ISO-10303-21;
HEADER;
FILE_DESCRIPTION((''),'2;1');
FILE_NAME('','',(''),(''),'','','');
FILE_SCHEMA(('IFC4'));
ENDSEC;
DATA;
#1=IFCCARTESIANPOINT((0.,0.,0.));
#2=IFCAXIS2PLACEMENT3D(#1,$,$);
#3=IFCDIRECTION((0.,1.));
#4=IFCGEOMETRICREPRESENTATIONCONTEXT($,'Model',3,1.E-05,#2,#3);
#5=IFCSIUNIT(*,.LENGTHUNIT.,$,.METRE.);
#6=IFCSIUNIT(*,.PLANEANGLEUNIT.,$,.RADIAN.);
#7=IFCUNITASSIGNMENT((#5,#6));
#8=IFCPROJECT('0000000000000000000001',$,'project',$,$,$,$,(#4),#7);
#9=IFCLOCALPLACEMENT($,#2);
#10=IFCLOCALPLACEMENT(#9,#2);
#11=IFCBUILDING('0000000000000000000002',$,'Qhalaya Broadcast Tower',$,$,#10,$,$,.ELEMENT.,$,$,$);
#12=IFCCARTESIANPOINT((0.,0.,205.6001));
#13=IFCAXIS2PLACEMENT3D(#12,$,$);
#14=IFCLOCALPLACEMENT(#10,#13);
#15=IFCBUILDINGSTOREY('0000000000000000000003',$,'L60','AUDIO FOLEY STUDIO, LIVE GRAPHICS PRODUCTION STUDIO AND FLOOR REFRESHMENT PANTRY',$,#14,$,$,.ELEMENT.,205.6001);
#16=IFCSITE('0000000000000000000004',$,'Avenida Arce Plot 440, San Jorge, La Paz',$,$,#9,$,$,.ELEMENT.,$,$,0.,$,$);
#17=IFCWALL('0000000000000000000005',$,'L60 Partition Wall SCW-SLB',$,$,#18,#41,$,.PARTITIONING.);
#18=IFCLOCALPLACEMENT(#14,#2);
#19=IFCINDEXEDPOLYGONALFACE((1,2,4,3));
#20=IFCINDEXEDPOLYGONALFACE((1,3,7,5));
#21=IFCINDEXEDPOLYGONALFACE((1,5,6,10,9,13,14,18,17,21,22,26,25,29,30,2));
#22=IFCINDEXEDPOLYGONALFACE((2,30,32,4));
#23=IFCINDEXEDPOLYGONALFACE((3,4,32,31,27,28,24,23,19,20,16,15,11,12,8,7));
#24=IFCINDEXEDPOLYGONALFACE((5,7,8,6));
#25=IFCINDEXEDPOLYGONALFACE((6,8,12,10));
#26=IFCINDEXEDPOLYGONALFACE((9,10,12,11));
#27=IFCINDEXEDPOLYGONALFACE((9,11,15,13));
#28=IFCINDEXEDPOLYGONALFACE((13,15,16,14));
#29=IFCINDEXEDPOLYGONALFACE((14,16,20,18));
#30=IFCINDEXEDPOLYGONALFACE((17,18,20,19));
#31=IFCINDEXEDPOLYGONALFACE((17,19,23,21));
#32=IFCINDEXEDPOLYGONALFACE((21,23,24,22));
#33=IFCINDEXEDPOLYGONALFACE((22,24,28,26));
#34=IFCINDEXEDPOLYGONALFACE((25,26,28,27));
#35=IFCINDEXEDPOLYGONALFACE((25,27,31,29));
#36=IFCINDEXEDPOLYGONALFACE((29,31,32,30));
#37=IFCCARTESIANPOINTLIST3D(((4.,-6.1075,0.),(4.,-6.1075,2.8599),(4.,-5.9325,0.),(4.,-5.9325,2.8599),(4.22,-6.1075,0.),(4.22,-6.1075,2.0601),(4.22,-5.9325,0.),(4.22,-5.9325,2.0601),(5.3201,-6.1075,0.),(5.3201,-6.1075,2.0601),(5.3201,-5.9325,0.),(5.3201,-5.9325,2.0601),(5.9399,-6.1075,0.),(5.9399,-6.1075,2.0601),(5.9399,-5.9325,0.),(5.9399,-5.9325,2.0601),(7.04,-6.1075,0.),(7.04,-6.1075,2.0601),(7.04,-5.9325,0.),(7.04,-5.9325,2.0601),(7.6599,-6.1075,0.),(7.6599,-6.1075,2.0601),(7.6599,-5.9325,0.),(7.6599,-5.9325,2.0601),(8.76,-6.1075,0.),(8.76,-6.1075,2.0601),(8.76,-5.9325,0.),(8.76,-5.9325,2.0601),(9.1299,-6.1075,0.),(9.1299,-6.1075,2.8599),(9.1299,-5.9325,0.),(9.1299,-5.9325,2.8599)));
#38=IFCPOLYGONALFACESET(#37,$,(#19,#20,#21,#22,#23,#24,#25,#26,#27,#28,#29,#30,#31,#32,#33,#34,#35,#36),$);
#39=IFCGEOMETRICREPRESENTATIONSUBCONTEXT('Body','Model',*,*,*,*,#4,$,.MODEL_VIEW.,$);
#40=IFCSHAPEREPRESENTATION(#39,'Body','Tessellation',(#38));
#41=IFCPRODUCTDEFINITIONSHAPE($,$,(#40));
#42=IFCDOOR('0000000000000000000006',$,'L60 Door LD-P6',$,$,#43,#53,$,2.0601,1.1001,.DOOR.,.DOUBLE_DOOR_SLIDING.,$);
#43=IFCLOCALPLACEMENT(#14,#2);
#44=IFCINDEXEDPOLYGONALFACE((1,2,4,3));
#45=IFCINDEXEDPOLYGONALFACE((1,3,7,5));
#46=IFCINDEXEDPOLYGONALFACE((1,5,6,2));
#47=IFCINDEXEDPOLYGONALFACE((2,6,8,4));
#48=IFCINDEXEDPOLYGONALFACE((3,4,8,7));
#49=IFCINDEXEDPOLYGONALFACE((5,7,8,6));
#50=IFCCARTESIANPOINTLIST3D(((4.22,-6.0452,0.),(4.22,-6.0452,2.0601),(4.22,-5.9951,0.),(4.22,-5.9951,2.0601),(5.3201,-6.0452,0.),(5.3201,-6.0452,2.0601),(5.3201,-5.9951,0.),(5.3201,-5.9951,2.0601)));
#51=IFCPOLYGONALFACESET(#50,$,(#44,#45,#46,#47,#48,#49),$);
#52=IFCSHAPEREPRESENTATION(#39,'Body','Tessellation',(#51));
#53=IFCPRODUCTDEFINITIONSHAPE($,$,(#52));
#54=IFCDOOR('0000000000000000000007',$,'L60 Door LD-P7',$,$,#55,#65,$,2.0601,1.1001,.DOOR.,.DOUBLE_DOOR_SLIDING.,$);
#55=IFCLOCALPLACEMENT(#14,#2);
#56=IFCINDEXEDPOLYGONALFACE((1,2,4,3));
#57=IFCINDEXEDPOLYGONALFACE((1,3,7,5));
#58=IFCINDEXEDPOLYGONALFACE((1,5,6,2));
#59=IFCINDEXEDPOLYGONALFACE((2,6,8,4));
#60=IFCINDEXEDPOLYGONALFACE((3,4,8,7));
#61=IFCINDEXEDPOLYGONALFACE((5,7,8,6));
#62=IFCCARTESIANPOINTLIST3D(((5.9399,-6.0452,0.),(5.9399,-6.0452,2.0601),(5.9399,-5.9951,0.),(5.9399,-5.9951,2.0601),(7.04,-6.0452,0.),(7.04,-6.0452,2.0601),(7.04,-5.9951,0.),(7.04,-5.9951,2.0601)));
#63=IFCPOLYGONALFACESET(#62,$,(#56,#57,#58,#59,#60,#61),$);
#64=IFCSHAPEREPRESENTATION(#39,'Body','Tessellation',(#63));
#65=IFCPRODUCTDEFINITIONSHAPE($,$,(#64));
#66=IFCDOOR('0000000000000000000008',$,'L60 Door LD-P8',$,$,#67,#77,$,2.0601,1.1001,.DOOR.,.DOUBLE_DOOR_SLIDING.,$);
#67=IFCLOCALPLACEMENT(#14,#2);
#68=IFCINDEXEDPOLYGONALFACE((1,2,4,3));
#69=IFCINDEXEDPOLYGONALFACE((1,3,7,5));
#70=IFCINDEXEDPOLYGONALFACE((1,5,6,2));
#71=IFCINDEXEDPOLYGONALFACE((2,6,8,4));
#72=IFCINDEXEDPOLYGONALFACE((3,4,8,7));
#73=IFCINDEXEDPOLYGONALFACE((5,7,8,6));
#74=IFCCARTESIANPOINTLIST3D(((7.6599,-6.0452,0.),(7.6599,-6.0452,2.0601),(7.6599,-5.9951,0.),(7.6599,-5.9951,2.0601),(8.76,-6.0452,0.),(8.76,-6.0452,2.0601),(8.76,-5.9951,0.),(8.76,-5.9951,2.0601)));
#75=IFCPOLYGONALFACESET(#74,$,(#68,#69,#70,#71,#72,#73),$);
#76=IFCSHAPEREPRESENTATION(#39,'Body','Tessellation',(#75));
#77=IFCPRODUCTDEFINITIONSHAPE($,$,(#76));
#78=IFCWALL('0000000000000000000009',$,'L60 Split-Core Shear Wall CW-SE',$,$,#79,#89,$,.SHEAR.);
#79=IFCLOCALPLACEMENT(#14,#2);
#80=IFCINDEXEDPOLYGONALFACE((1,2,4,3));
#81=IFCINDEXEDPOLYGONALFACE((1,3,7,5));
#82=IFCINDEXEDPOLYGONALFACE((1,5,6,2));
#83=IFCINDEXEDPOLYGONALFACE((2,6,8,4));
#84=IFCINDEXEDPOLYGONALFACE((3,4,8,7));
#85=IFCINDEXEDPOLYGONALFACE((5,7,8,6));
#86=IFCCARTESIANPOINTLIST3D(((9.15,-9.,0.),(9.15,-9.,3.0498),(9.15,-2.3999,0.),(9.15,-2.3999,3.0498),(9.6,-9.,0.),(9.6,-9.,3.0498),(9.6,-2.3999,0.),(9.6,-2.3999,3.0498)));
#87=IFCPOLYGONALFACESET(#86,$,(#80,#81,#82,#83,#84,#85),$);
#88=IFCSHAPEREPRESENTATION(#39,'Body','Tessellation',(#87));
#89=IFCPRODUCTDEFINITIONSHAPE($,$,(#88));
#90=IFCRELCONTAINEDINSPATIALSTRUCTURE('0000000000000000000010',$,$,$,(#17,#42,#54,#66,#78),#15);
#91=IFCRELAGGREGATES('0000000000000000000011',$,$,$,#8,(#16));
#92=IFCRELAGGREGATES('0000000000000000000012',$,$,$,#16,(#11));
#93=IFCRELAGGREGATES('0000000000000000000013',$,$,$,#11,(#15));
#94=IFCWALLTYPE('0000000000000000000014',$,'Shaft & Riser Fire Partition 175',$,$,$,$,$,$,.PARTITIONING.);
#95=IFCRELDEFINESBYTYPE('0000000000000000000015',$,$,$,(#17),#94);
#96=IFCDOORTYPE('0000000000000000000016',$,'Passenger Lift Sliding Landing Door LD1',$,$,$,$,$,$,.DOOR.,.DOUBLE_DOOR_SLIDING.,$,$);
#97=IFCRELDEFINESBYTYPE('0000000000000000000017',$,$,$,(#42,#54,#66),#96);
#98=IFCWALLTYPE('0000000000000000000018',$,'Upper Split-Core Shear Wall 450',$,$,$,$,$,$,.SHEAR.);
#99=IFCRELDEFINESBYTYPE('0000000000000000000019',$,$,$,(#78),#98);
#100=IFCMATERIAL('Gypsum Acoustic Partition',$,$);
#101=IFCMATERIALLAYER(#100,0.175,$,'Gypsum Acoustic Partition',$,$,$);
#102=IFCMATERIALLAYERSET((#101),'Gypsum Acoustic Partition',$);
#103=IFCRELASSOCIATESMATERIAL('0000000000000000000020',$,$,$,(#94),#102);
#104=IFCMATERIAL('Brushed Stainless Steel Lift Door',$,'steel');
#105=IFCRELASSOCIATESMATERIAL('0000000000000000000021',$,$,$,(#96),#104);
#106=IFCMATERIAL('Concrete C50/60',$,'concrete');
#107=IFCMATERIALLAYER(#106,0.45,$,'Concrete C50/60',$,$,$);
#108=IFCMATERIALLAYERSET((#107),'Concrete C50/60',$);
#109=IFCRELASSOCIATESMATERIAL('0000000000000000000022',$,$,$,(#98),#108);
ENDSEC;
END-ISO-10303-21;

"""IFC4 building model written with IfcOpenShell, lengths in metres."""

from ifc_helpers import new_model, si_unit, direction, frame, frame_2d, origin, place, context, subcontext, project, spatial, rectangle, extrude, material, layer, layer_set, type_object, element, fill, save


model = new_model("IFC4")

# Units and contexts
model_context = context("Model", 3, precision=1e-05, world=origin(), true_north=direction((0.0, 1.0)))
body_context = subcontext(model_context, "Body", "Model", "MODEL_VIEW")
ifc_project = project(units=[si_unit("LENGTHUNIT", "METRE"), si_unit("PLANEANGLEUNIT", "RADIAN")], contexts=[model_context])

# Site, building, storey
site_placement = place(None, origin())
site = spatial("IfcSite", under=ifc_project, at=site_placement, Name="Avenida Arce Plot 440, San Jorge, La Paz", CompositionType="ELEMENT", RefElevation=0.0)
building_placement = place(site_placement, origin())
building = spatial("IfcBuilding", under=site, at=building_placement, Name="Qhalaya Broadcast Tower", CompositionType="ELEMENT")
storey_placement = place(building_placement, frame((0.0, 0.0, 205.6001)))
storey = spatial("IfcBuildingStorey", under=building, at=storey_placement, Name="L60", Description="AUDIO FOLEY STUDIO, LIVE GRAPHICS PRODUCTION STUDIO AND FLOOR REFRESHMENT PANTRY", CompositionType="ELEMENT", Elevation=205.6001)

# Shared definitions
ifc_material_1 = material(Name="Concrete C50/60", Category="concrete")

# Shared definitions
ifc_material_2 = material(Name="Gypsum Acoustic Partition")

# Wall, openings, doors
ifc_layer_1 = layer(ifc_material_2, 0.175, Name="Gypsum Acoustic Partition")
ifc_layer_set_1 = layer_set([ifc_layer_1], Name="Gypsum Acoustic Partition")
wall_type_1 = type_object("IfcWallType", Name="Shaft & Riser Fire Partition 175", PredefinedType="PARTITIONING", material=ifc_layer_set_1)
wall_1_placement = place(storey_placement, frame((4.0, -6.02, 0.0), z_axis=(0.0, 0.0, 1.0), x_axis=(1.0, 0.0, 0.0)))
wall_1 = element("IfcWall", 1, at=wall_1_placement, inside=storey, type_object=wall_type_1, Name="L60 Partition Wall SCW-SLB", PredefinedType="PARTITIONING", context=body_context, shape_type="SweptSolid", body=[
    extrude(rectangle(XDim=5.1299, YDim=0.175, at=frame_2d((2.5649, 0.0))), origin(), (0.0, 0.0, 1.0), 2.8599),
])
opening_1_placement = place(wall_1_placement, frame((0.22, 0.0, 0.0)))
opening_1 = element("IfcOpeningElement", 2, at=opening_1_placement, cuts=wall_1, PredefinedType="OPENING", context=body_context, shape_type="SweptSolid", body=[
    extrude(rectangle(XDim=1.1001, YDim=2.0601, at=frame_2d((0.55, 1.03))), frame((0.0, 0.0996, 0.0), z_axis=(0.0, -1.0, 0.0), x_axis=(1.0, 0.0, 0.0)), (0.0, 0.0, 1.0), 0.199),
])
opening_2_placement = place(wall_1_placement, frame((1.9399, 0.0, 0.0)))
opening_2 = element("IfcOpeningElement", 3, at=opening_2_placement, cuts=wall_1, PredefinedType="OPENING", context=body_context, shape_type="SweptSolid", body=[
    extrude(rectangle(XDim=1.1001, YDim=2.0601, at=frame_2d((0.55, 1.03))), frame((0.0, 0.0996, 0.0), z_axis=(0.0, -1.0, 0.0), x_axis=(1.0, 0.0, 0.0)), (0.0, 0.0, 1.0), 0.199),
])
opening_3_placement = place(wall_1_placement, frame((3.6599, 0.0, 0.0)))
opening_3 = element("IfcOpeningElement", 4, at=opening_3_placement, cuts=wall_1, PredefinedType="OPENING", context=body_context, shape_type="SweptSolid", body=[
    extrude(rectangle(XDim=1.1001, YDim=2.0601, at=frame_2d((0.55, 1.03))), frame((0.0, 0.0996, 0.0), z_axis=(0.0, -1.0, 0.0), x_axis=(1.0, 0.0, 0.0)), (0.0, 0.0, 1.0), 0.199),
])
ifc_material_3 = material(Name="Brushed Stainless Steel Lift Door", Category="steel")
door_type = type_object("IfcDoorType", Name="Passenger Lift Sliding Landing Door LD1", OperationType="DOUBLE_DOOR_SLIDING", PredefinedType="DOOR", material=ifc_material_3)
door_1_placement = place(opening_1_placement, origin())
door_1 = element("IfcDoor", 5, at=door_1_placement, inside=storey, type_object=door_type, Name="L60 Door LD-P6", OperationType="DOUBLE_DOOR_SLIDING", OverallHeight=2.0601, OverallWidth=1.1001, PredefinedType="DOOR", context=body_context, shape_type="SweptSolid", body=[
    extrude(rectangle(XDim=1.1001, YDim=2.0601, at=frame_2d((0.55, 1.03))), frame((0.0, 0.0249, 0.0), z_axis=(0.0, -1.0, 0.0), x_axis=(1.0, 0.0, 0.0)), (0.0, 0.0, 1.0), 0.05),
])
fill(opening_1, door_1)
door_2_placement = place(opening_2_placement, origin())
door_2 = element("IfcDoor", 6, at=door_2_placement, inside=storey, type_object=door_type, Name="L60 Door LD-P7", OperationType="DOUBLE_DOOR_SLIDING", OverallHeight=2.0601, OverallWidth=1.1001, PredefinedType="DOOR", context=body_context, shape_type="SweptSolid", body=[
    extrude(rectangle(XDim=1.1001, YDim=2.0601, at=frame_2d((0.55, 1.03))), frame((0.0, 0.0249, 0.0), z_axis=(0.0, -1.0, 0.0), x_axis=(1.0, 0.0, 0.0)), (0.0, 0.0, 1.0), 0.05),
])
fill(opening_2, door_2)
door_3_placement = place(opening_3_placement, origin())
door_3 = element("IfcDoor", 7, at=door_3_placement, inside=storey, type_object=door_type, Name="L60 Door LD-P8", OperationType="DOUBLE_DOOR_SLIDING", OverallHeight=2.0601, OverallWidth=1.1001, PredefinedType="DOOR", context=body_context, shape_type="SweptSolid", body=[
    extrude(rectangle(XDim=1.1001, YDim=2.0601, at=frame_2d((0.55, 1.03))), frame((0.0, 0.0249, 0.0), z_axis=(0.0, -1.0, 0.0), x_axis=(1.0, 0.0, 0.0)), (0.0, 0.0, 1.0), 0.05),
])
fill(opening_3, door_3)

# Wall
ifc_layer_2 = layer(ifc_material_1, 0.45, Name="Concrete C50/60")
ifc_layer_set_2 = layer_set([ifc_layer_2], Name="Concrete C50/60")
wall_type_2 = type_object("IfcWallType", Name="Upper Split-Core Shear Wall 450", PredefinedType="SHEAR", material=ifc_layer_set_2)
wall_2_placement = place(storey_placement, frame((9.375, -9.0, 0.0), z_axis=(0.0, 0.0, 1.0), x_axis=(0.0, 1.0, 0.0)))
element("IfcWall", 8, at=wall_2_placement, inside=storey, type_object=wall_type_2, Name="L60 Split-Core Shear Wall CW-SE", PredefinedType="SHEAR", context=body_context, shape_type="SweptSolid", body=[
    extrude(rectangle(XDim=6.6001, YDim=0.45, at=frame_2d((3.3, 0.0))), origin(), (0.0, 0.0, 1.0), 3.0498),
])

save(model, "model.ifc")
